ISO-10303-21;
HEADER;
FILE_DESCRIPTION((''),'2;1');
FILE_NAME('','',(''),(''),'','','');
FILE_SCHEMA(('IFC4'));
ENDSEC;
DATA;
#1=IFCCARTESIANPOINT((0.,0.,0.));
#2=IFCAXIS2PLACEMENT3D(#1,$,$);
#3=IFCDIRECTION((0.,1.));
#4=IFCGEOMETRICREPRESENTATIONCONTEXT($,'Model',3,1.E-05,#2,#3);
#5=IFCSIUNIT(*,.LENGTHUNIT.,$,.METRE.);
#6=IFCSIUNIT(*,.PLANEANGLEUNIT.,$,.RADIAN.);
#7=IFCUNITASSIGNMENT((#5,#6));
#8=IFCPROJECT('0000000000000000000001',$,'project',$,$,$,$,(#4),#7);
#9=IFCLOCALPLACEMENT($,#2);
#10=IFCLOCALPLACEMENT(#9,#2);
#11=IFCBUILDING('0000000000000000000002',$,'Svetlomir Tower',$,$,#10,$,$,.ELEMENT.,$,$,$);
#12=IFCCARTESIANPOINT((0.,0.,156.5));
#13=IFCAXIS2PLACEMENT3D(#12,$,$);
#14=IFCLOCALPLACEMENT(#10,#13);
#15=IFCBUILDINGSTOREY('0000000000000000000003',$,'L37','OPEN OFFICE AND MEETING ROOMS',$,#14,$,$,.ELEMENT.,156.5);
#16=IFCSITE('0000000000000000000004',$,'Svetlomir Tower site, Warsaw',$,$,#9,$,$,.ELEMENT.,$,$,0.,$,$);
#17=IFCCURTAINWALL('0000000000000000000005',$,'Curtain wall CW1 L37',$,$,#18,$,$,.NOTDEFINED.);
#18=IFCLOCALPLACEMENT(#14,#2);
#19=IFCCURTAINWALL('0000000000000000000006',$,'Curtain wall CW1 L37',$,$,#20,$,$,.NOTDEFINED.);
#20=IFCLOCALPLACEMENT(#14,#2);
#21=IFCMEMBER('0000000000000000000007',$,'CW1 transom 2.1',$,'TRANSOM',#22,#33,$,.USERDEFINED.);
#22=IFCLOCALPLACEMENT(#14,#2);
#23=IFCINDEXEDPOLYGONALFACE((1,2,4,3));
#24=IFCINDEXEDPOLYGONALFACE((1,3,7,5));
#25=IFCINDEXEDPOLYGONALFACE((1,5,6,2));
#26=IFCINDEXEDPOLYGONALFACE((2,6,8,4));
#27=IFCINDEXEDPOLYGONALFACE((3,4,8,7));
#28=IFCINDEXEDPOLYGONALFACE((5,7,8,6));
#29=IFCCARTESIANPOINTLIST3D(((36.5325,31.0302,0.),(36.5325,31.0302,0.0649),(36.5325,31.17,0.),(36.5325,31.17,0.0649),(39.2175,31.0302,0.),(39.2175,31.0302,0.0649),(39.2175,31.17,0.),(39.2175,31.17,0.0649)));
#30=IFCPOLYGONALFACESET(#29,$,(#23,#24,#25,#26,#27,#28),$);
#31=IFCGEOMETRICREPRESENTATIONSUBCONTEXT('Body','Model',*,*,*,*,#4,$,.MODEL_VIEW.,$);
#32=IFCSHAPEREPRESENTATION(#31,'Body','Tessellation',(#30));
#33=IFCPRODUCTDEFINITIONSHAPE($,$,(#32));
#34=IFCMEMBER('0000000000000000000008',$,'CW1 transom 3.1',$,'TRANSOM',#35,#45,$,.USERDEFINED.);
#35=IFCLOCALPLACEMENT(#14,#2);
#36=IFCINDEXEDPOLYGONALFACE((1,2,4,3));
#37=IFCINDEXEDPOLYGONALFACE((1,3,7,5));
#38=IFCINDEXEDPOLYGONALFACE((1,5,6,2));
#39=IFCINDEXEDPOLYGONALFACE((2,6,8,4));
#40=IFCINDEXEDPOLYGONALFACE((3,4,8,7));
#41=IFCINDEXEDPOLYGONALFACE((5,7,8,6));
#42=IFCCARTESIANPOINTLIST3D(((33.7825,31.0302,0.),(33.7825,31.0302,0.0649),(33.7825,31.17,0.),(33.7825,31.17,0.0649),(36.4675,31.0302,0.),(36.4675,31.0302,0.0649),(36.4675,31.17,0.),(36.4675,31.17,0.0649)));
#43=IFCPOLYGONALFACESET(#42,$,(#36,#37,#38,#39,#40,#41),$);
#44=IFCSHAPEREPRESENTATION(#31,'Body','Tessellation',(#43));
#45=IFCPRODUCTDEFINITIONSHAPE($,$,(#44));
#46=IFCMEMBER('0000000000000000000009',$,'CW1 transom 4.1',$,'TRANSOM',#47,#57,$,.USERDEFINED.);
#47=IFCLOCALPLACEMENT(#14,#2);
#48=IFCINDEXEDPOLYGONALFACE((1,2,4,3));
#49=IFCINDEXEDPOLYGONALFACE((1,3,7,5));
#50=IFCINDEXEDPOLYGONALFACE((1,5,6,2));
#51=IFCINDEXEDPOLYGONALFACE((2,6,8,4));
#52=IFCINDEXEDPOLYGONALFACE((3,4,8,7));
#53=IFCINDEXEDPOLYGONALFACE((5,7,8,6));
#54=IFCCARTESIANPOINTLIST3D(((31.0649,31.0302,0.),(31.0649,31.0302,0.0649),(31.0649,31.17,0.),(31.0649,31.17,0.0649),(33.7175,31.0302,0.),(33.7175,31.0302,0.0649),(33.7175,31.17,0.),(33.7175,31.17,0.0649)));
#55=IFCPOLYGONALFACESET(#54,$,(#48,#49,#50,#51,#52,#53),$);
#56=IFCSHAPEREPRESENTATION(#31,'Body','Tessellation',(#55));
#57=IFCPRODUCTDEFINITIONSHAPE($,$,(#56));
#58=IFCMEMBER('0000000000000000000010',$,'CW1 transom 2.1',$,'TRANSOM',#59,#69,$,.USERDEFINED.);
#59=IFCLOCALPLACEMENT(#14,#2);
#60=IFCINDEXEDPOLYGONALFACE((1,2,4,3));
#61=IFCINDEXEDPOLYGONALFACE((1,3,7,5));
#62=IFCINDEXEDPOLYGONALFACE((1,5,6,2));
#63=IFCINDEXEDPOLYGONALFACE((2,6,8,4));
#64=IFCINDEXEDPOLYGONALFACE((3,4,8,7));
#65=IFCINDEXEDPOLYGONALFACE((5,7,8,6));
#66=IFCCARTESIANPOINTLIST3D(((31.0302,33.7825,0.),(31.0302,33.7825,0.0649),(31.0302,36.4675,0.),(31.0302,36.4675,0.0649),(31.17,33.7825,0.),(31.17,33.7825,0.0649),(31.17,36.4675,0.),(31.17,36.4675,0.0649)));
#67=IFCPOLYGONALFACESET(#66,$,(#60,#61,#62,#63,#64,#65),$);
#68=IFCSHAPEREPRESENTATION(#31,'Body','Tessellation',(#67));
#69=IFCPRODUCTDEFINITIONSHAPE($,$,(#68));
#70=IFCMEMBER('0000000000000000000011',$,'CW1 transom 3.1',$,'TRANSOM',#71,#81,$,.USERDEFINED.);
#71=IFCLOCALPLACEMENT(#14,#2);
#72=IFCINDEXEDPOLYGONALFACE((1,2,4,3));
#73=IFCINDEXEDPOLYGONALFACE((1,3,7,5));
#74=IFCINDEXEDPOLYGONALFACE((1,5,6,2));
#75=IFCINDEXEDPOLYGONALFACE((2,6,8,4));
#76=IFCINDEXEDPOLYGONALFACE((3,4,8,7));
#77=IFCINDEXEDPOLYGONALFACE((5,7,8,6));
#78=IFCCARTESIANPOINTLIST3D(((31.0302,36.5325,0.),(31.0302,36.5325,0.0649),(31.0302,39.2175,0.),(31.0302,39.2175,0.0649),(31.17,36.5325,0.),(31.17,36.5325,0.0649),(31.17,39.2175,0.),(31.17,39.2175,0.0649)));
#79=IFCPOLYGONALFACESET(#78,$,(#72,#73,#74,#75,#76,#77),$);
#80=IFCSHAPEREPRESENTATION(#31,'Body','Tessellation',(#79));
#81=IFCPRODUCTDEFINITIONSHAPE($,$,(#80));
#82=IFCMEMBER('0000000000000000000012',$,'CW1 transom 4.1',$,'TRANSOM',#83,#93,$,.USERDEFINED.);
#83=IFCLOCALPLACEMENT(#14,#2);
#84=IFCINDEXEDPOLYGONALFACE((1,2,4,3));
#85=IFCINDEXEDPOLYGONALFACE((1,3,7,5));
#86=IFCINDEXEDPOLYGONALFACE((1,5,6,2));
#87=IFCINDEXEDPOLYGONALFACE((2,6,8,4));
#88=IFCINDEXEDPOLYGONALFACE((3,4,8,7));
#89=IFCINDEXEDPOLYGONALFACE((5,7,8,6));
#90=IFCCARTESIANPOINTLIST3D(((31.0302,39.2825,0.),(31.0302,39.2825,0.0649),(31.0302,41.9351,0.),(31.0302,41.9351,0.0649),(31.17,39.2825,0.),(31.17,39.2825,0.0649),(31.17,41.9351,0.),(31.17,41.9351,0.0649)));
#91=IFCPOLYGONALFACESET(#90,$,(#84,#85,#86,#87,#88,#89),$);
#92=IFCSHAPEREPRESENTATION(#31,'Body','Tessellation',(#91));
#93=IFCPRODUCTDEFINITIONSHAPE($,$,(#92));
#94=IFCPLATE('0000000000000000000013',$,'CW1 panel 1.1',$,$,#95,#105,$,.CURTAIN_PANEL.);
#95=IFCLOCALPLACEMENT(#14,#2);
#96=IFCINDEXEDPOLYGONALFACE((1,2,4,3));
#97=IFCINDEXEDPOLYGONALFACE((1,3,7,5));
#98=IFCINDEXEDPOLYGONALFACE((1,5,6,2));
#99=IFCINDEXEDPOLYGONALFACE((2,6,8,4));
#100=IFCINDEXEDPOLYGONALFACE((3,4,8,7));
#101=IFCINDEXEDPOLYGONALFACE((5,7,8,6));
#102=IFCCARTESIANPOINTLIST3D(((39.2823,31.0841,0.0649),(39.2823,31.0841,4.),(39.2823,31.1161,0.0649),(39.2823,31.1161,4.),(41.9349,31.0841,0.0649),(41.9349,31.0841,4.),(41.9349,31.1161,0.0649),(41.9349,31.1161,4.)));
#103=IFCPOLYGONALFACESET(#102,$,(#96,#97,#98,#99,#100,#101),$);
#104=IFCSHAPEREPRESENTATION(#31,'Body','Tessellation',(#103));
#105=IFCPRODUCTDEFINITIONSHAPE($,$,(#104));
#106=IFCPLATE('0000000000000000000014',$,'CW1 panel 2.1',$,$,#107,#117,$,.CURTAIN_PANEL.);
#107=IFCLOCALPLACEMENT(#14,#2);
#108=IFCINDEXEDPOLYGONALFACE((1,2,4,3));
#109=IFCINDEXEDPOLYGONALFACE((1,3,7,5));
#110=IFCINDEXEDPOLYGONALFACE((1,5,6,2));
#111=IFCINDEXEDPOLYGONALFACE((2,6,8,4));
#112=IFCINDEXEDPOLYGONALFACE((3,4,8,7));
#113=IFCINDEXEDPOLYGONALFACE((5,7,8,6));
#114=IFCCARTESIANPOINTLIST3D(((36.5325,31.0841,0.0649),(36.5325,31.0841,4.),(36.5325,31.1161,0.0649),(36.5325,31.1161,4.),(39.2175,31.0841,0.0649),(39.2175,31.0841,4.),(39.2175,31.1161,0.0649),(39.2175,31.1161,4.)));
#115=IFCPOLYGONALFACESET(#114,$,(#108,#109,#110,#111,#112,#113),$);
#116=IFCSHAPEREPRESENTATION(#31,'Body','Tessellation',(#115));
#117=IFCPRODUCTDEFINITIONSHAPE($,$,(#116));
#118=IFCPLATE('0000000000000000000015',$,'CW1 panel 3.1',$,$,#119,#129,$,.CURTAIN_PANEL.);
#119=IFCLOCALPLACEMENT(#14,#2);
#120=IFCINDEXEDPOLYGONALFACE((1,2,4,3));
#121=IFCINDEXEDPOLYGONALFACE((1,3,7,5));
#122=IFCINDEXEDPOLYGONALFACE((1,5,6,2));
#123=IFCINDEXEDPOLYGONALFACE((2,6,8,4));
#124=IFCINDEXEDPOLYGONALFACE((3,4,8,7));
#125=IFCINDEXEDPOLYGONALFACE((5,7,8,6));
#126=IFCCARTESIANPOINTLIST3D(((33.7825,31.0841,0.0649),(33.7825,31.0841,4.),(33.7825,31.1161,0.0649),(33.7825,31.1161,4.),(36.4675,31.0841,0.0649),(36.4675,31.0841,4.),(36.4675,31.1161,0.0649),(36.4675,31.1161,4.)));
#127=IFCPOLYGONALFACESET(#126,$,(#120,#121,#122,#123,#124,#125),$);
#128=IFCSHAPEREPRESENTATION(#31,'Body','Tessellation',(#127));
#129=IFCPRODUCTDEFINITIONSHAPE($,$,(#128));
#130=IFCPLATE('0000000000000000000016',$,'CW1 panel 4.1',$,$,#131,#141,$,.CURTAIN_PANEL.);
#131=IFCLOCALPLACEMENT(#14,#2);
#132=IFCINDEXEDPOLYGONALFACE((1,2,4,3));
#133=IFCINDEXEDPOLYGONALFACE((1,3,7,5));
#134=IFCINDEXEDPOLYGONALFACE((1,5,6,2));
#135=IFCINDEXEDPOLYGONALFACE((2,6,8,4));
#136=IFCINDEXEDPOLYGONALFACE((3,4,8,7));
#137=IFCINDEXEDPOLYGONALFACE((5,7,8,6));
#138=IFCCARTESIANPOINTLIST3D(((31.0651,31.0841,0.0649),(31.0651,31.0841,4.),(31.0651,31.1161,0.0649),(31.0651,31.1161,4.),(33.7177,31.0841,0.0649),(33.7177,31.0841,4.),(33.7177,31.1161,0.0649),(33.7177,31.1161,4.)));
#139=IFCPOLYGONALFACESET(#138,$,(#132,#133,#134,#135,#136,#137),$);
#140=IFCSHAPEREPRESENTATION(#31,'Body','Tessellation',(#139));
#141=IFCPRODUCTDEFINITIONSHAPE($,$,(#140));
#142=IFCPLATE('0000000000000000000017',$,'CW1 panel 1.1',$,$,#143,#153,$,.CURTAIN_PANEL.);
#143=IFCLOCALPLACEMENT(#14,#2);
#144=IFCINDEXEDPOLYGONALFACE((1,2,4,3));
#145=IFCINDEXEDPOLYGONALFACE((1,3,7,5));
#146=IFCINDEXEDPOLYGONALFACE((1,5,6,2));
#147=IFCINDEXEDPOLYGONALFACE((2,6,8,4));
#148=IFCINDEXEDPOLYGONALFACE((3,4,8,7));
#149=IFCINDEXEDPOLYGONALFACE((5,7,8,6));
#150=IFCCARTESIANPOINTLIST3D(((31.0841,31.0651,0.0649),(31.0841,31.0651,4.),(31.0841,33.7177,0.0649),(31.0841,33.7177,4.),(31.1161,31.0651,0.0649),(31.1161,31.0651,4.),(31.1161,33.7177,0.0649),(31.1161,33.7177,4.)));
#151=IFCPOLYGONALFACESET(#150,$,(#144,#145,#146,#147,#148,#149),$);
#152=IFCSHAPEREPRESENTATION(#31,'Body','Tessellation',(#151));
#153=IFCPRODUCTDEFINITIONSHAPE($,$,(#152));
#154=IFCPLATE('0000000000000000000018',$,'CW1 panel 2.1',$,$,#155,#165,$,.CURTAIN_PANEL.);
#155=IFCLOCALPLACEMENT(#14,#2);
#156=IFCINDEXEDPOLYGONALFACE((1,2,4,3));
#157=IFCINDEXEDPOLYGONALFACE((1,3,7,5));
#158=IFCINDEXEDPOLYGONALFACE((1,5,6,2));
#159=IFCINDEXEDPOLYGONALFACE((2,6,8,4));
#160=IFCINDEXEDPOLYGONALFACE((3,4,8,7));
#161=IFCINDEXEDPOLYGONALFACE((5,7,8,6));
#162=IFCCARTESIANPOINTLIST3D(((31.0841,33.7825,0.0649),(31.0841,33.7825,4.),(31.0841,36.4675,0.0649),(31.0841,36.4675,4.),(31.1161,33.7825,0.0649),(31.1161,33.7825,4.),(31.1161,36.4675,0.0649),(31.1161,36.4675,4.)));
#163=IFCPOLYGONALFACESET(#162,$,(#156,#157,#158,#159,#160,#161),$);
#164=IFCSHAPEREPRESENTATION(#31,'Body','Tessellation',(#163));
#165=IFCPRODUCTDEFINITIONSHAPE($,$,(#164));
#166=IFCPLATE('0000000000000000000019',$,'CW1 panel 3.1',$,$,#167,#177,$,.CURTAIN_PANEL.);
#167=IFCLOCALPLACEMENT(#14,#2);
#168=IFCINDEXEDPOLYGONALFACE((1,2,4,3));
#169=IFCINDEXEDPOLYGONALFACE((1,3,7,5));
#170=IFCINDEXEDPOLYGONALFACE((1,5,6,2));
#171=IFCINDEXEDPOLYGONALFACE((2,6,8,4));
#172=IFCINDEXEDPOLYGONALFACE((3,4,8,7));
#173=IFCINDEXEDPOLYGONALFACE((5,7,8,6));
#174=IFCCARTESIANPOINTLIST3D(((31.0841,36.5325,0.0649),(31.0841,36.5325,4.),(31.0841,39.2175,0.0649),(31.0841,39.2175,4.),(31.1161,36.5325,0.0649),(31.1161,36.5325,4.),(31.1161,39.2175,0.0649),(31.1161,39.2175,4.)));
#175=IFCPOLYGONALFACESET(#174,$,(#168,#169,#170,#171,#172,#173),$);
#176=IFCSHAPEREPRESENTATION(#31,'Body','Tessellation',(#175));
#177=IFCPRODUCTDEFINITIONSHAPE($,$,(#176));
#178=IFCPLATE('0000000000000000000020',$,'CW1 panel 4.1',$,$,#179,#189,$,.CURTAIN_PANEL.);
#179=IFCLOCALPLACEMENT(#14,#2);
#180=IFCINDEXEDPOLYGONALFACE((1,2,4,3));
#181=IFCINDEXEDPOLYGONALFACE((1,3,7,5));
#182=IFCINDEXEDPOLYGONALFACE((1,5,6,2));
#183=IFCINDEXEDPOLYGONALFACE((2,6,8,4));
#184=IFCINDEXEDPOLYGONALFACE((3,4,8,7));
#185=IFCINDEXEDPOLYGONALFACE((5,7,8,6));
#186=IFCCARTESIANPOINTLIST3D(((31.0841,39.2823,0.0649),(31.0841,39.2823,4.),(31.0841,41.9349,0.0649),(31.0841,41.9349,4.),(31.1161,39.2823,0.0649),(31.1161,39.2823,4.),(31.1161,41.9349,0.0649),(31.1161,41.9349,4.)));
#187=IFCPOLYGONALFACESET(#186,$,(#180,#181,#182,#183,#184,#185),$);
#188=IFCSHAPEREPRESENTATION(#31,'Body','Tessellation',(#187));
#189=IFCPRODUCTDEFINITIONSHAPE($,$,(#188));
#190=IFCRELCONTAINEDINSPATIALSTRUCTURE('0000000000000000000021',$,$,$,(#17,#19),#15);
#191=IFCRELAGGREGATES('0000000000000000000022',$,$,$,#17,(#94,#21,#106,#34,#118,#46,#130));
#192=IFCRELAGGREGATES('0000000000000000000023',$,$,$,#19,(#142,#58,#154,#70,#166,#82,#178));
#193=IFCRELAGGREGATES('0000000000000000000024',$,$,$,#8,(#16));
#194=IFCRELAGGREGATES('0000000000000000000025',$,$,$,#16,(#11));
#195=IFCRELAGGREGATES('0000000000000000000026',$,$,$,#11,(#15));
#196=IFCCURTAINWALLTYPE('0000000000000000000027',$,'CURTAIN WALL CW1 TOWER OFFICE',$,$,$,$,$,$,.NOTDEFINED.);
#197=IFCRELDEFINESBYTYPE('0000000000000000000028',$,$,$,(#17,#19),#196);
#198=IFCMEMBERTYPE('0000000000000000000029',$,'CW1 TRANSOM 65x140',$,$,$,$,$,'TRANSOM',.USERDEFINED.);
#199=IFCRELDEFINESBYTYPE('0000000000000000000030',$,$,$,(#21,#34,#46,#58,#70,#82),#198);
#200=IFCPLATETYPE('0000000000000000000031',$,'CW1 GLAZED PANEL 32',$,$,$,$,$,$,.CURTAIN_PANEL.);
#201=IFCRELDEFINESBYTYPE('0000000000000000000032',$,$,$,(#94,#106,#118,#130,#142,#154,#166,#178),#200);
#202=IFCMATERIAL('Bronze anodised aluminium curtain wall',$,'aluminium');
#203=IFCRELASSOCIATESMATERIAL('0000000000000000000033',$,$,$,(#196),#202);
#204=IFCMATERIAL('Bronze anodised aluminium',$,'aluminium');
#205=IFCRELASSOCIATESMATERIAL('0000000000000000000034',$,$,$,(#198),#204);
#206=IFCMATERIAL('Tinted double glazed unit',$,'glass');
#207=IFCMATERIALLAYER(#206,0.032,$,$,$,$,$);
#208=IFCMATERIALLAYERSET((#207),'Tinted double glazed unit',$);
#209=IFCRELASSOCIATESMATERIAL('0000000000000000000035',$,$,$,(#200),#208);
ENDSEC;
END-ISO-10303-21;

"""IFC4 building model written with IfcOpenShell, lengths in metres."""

from ifc_helpers import new_model, si_unit, direction, frame, origin, origin_2d, place, context, subcontext, project, spatial, rectangle, extrude, material, layer, layer_set, material_profile, profile_set, type_object, element, aggregate, save


model = new_model("IFC4")

# Units and contexts
model_context = context("Model", 3, precision=1e-05, world=origin(), true_north=direction((0.0, 1.0)))
body_context = subcontext(model_context, "Body", "Model", "MODEL_VIEW")
ifc_project = project(units=[si_unit("LENGTHUNIT", "METRE"), si_unit("PLANEANGLEUNIT", "RADIAN")], contexts=[model_context])

# Site, building, storey
site_placement = place(None, origin())
site = spatial("IfcSite", under=ifc_project, at=site_placement, Name="Svetlomir Tower site, Warsaw", CompositionType="ELEMENT", RefElevation=0.0)
building_placement = place(site_placement, origin())
building = spatial("IfcBuilding", under=site, at=building_placement, Name="Svetlomir Tower", CompositionType="ELEMENT")
storey_placement = place(building_placement, frame((0.0, 0.0, 156.5)))
storey = spatial("IfcBuildingStorey", under=building, at=storey_placement, Name="L37", Description="OPEN OFFICE AND MEETING ROOMS", CompositionType="ELEMENT", Elevation=156.5)

# Curtain walls
ifc_material_1 = material(Name="Bronze anodised aluminium curtain wall", Category="aluminium")
curtain_wall_type = type_object("IfcCurtainWallType", Name="CURTAIN WALL CW1 TOWER OFFICE", PredefinedType="NOTDEFINED", material=ifc_material_1)
curtain_wall_1_placement = place(storey_placement, origin())
curtain_wall_1 = element("IfcCurtainWall", 1, at=curtain_wall_1_placement, inside=storey, type_object=curtain_wall_type, Name="Curtain wall CW1 L37", PredefinedType="NOTDEFINED")
curtain_wall_2_placement = place(storey_placement, origin())
curtain_wall_2 = element("IfcCurtainWall", 2, at=curtain_wall_2_placement, inside=storey, type_object=curtain_wall_type, Name="Curtain wall CW1 L37", PredefinedType="NOTDEFINED")

# Members
ifc_material_2 = material(Name="Bronze anodised aluminium", Category="aluminium")
ifc_material_profile_1 = material_profile(ifc_material_2, rectangle(XDim=0.1399, YDim=0.0649, at=origin_2d()), Name="AL 140x65")
ifc_profile_set_1 = profile_set([ifc_material_profile_1], Name="Bronze anodised aluminium 6063-T6")
member_type_1 = type_object("IfcMemberType", Name="CW1 TRANSOM 65x140", ElementType="TRANSOM", PredefinedType="USERDEFINED", material=ifc_profile_set_1)
member_1_placement = place(storey_placement, frame((39.2175, 31.1001, 0.0325), z_axis=(-1.0, 0.0, 0.0), x_axis=(0.0, -1.0, 0.0)))
member_1 = element("IfcMember", 3, at=member_1_placement, type_object=member_type_1, Name="CW1 transom 2.1", ObjectType="TRANSOM", PredefinedType="USERDEFINED", context=body_context, shape_type="SweptSolid", body=[
    extrude(rectangle(XDim=0.1399, YDim=0.0649, at=origin_2d()), origin(), (0.0, 0.0, 1.0), 2.6851),
])
member_2_placement = place(storey_placement, frame((36.4675, 31.1001, 0.0325), z_axis=(-1.0, 0.0, 0.0), x_axis=(0.0, -1.0, 0.0)))
member_2 = element("IfcMember", 4, at=member_2_placement, type_object=member_type_1, Name="CW1 transom 3.1", ObjectType="TRANSOM", PredefinedType="USERDEFINED", context=body_context, shape_type="SweptSolid", body=[
    extrude(rectangle(XDim=0.1399, YDim=0.0649, at=origin_2d()), origin(), (0.0, 0.0, 1.0), 2.6851),
])
member_3_placement = place(storey_placement, frame((33.7175, 31.1001, 0.0325), z_axis=(-1.0, 0.0, 0.0), x_axis=(0.0, -1.0, 0.0)))
member_3 = element("IfcMember", 5, at=member_3_placement, type_object=member_type_1, Name="CW1 transom 4.1", ObjectType="TRANSOM", PredefinedType="USERDEFINED", context=body_context, shape_type="SweptSolid", body=[
    extrude(rectangle(XDim=0.1399, YDim=0.0649, at=origin_2d()), origin(), (0.0, 0.0, 1.0), 2.6526),
])
member_4_placement = place(storey_placement, frame((31.1001, 33.7825, 0.0325), z_axis=(0.0, 1.0, 0.0), x_axis=(-1.0, 0.0, 0.0)))
member_4 = element("IfcMember", 6, at=member_4_placement, type_object=member_type_1, Name="CW1 transom 2.1", ObjectType="TRANSOM", PredefinedType="USERDEFINED", context=body_context, shape_type="SweptSolid", body=[
    extrude(rectangle(XDim=0.1399, YDim=0.0649, at=origin_2d()), origin(), (0.0, 0.0, 1.0), 2.6851),
])
member_5_placement = place(storey_placement, frame((31.1001, 36.5325, 0.0325), z_axis=(0.0, 1.0, 0.0), x_axis=(-1.0, 0.0, 0.0)))
member_5 = element("IfcMember", 7, at=member_5_placement, type_object=member_type_1, Name="CW1 transom 3.1", ObjectType="TRANSOM", PredefinedType="USERDEFINED", context=body_context, shape_type="SweptSolid", body=[
    extrude(rectangle(XDim=0.1399, YDim=0.0649, at=origin_2d()), origin(), (0.0, 0.0, 1.0), 2.6851),
])
member_6_placement = place(storey_placement, frame((31.1001, 39.2825, 0.0325), z_axis=(0.0, 1.0, 0.0), x_axis=(-1.0, 0.0, 0.0)))
member_6 = element("IfcMember", 8, at=member_6_placement, type_object=member_type_1, Name="CW1 transom 4.1", ObjectType="TRANSOM", PredefinedType="USERDEFINED", context=body_context, shape_type="SweptSolid", body=[
    extrude(rectangle(XDim=0.1399, YDim=0.0649, at=origin_2d()), origin(), (0.0, 0.0, 1.0), 2.6526),
])

# Plates
ifc_material_3 = material(Name="Tinted double glazed unit", Category="glass")
ifc_layer = layer(ifc_material_3, 0.032)
ifc_layer_set = layer_set([ifc_layer], Name="Tinted double glazed unit")
plate_type = type_object("IfcPlateType", Name="CW1 GLAZED PANEL 32", PredefinedType="CURTAIN_PANEL", material=ifc_layer_set)
plate_1_placement = place(storey_placement, frame((40.6086, 31.1001, 0.0649), z_axis=(0.0, 0.0, 1.0), x_axis=(-1.0, 0.0, 0.0)))
plate_1 = element("IfcPlate", 9, at=plate_1_placement, type_object=plate_type, Name="CW1 panel 1.1", PredefinedType="CURTAIN_PANEL", context=body_context, shape_type="SweptSolid", body=[
    extrude(rectangle(XDim=2.6526, YDim=0.032, at=origin_2d()), origin(), (0.0, 0.0, 1.0), 3.9351),
])
plate_2_placement = place(storey_placement, frame((37.875, 31.1001, 0.0649), z_axis=(0.0, 0.0, 1.0), x_axis=(-1.0, 0.0, 0.0)))
plate_2 = element("IfcPlate", 10, at=plate_2_placement, type_object=plate_type, Name="CW1 panel 2.1", PredefinedType="CURTAIN_PANEL", context=body_context, shape_type="SweptSolid", body=[
    extrude(rectangle(XDim=2.6851, YDim=0.032, at=origin_2d()), origin(), (0.0, 0.0, 1.0), 3.9351),
])
plate_3_placement = place(storey_placement, frame((35.125, 31.1001, 0.0649), z_axis=(0.0, 0.0, 1.0), x_axis=(-1.0, 0.0, 0.0)))
plate_3 = element("IfcPlate", 11, at=plate_3_placement, type_object=plate_type, Name="CW1 panel 3.1", PredefinedType="CURTAIN_PANEL", context=body_context, shape_type="SweptSolid", body=[
    extrude(rectangle(XDim=2.6851, YDim=0.032, at=origin_2d()), origin(), (0.0, 0.0, 1.0), 3.9351),
])
plate_4_placement = place(storey_placement, frame((32.3914, 31.1001, 0.0649), z_axis=(0.0, 0.0, 1.0), x_axis=(-1.0, 0.0, 0.0)))
plate_4 = element("IfcPlate", 12, at=plate_4_placement, type_object=plate_type, Name="CW1 panel 4.1", PredefinedType="CURTAIN_PANEL", context=body_context, shape_type="SweptSolid", body=[
    extrude(rectangle(XDim=2.6526, YDim=0.032, at=origin_2d()), origin(), (0.0, 0.0, 1.0), 3.9351),
])
aggregate(curtain_wall_1, [plate_1, member_1, plate_2, member_2, plate_3, member_3, plate_4])
plate_5_placement = place(storey_placement, frame((31.1001, 32.3914, 0.0649), z_axis=(0.0, 0.0, 1.0), x_axis=(0.0, 1.0, 0.0)))
plate_5 = element("IfcPlate", 13, at=plate_5_placement, type_object=plate_type, Name="CW1 panel 1.1", PredefinedType="CURTAIN_PANEL", context=body_context, shape_type="SweptSolid", body=[
    extrude(rectangle(XDim=2.6526, YDim=0.032, at=origin_2d()), origin(), (0.0, 0.0, 1.0), 3.9351),
])
plate_6_placement = place(storey_placement, frame((31.1001, 35.125, 0.0649), z_axis=(0.0, 0.0, 1.0), x_axis=(0.0, 1.0, 0.0)))
plate_6 = element("IfcPlate", 14, at=plate_6_placement, type_object=plate_type, Name="CW1 panel 2.1", PredefinedType="CURTAIN_PANEL", context=body_context, shape_type="SweptSolid", body=[
    extrude(rectangle(XDim=2.6851, YDim=0.032, at=origin_2d()), origin(), (0.0, 0.0, 1.0), 3.9351),
])
plate_7_placement = place(storey_placement, frame((31.1001, 37.875, 0.0649), z_axis=(0.0, 0.0, 1.0), x_axis=(0.0, 1.0, 0.0)))
plate_7 = element("IfcPlate", 15, at=plate_7_placement, type_object=plate_type, Name="CW1 panel 3.1", PredefinedType="CURTAIN_PANEL", context=body_context, shape_type="SweptSolid", body=[
    extrude(rectangle(XDim=2.6851, YDim=0.032, at=origin_2d()), origin(), (0.0, 0.0, 1.0), 3.9351),
])
plate_8_placement = place(storey_placement, frame((31.1001, 40.6086, 0.0649), z_axis=(0.0, 0.0, 1.0), x_axis=(0.0, 1.0, 0.0)))
plate_8 = element("IfcPlate", 16, at=plate_8_placement, type_object=plate_type, Name="CW1 panel 4.1", PredefinedType="CURTAIN_PANEL", context=body_context, shape_type="SweptSolid", body=[
    extrude(rectangle(XDim=2.6526, YDim=0.032, at=origin_2d()), origin(), (0.0, 0.0, 1.0), 3.9351),
])
aggregate(curtain_wall_2, [plate_5, member_4, plate_6, member_5, plate_7, member_6, plate_8])

save(model, "model.ifc")
